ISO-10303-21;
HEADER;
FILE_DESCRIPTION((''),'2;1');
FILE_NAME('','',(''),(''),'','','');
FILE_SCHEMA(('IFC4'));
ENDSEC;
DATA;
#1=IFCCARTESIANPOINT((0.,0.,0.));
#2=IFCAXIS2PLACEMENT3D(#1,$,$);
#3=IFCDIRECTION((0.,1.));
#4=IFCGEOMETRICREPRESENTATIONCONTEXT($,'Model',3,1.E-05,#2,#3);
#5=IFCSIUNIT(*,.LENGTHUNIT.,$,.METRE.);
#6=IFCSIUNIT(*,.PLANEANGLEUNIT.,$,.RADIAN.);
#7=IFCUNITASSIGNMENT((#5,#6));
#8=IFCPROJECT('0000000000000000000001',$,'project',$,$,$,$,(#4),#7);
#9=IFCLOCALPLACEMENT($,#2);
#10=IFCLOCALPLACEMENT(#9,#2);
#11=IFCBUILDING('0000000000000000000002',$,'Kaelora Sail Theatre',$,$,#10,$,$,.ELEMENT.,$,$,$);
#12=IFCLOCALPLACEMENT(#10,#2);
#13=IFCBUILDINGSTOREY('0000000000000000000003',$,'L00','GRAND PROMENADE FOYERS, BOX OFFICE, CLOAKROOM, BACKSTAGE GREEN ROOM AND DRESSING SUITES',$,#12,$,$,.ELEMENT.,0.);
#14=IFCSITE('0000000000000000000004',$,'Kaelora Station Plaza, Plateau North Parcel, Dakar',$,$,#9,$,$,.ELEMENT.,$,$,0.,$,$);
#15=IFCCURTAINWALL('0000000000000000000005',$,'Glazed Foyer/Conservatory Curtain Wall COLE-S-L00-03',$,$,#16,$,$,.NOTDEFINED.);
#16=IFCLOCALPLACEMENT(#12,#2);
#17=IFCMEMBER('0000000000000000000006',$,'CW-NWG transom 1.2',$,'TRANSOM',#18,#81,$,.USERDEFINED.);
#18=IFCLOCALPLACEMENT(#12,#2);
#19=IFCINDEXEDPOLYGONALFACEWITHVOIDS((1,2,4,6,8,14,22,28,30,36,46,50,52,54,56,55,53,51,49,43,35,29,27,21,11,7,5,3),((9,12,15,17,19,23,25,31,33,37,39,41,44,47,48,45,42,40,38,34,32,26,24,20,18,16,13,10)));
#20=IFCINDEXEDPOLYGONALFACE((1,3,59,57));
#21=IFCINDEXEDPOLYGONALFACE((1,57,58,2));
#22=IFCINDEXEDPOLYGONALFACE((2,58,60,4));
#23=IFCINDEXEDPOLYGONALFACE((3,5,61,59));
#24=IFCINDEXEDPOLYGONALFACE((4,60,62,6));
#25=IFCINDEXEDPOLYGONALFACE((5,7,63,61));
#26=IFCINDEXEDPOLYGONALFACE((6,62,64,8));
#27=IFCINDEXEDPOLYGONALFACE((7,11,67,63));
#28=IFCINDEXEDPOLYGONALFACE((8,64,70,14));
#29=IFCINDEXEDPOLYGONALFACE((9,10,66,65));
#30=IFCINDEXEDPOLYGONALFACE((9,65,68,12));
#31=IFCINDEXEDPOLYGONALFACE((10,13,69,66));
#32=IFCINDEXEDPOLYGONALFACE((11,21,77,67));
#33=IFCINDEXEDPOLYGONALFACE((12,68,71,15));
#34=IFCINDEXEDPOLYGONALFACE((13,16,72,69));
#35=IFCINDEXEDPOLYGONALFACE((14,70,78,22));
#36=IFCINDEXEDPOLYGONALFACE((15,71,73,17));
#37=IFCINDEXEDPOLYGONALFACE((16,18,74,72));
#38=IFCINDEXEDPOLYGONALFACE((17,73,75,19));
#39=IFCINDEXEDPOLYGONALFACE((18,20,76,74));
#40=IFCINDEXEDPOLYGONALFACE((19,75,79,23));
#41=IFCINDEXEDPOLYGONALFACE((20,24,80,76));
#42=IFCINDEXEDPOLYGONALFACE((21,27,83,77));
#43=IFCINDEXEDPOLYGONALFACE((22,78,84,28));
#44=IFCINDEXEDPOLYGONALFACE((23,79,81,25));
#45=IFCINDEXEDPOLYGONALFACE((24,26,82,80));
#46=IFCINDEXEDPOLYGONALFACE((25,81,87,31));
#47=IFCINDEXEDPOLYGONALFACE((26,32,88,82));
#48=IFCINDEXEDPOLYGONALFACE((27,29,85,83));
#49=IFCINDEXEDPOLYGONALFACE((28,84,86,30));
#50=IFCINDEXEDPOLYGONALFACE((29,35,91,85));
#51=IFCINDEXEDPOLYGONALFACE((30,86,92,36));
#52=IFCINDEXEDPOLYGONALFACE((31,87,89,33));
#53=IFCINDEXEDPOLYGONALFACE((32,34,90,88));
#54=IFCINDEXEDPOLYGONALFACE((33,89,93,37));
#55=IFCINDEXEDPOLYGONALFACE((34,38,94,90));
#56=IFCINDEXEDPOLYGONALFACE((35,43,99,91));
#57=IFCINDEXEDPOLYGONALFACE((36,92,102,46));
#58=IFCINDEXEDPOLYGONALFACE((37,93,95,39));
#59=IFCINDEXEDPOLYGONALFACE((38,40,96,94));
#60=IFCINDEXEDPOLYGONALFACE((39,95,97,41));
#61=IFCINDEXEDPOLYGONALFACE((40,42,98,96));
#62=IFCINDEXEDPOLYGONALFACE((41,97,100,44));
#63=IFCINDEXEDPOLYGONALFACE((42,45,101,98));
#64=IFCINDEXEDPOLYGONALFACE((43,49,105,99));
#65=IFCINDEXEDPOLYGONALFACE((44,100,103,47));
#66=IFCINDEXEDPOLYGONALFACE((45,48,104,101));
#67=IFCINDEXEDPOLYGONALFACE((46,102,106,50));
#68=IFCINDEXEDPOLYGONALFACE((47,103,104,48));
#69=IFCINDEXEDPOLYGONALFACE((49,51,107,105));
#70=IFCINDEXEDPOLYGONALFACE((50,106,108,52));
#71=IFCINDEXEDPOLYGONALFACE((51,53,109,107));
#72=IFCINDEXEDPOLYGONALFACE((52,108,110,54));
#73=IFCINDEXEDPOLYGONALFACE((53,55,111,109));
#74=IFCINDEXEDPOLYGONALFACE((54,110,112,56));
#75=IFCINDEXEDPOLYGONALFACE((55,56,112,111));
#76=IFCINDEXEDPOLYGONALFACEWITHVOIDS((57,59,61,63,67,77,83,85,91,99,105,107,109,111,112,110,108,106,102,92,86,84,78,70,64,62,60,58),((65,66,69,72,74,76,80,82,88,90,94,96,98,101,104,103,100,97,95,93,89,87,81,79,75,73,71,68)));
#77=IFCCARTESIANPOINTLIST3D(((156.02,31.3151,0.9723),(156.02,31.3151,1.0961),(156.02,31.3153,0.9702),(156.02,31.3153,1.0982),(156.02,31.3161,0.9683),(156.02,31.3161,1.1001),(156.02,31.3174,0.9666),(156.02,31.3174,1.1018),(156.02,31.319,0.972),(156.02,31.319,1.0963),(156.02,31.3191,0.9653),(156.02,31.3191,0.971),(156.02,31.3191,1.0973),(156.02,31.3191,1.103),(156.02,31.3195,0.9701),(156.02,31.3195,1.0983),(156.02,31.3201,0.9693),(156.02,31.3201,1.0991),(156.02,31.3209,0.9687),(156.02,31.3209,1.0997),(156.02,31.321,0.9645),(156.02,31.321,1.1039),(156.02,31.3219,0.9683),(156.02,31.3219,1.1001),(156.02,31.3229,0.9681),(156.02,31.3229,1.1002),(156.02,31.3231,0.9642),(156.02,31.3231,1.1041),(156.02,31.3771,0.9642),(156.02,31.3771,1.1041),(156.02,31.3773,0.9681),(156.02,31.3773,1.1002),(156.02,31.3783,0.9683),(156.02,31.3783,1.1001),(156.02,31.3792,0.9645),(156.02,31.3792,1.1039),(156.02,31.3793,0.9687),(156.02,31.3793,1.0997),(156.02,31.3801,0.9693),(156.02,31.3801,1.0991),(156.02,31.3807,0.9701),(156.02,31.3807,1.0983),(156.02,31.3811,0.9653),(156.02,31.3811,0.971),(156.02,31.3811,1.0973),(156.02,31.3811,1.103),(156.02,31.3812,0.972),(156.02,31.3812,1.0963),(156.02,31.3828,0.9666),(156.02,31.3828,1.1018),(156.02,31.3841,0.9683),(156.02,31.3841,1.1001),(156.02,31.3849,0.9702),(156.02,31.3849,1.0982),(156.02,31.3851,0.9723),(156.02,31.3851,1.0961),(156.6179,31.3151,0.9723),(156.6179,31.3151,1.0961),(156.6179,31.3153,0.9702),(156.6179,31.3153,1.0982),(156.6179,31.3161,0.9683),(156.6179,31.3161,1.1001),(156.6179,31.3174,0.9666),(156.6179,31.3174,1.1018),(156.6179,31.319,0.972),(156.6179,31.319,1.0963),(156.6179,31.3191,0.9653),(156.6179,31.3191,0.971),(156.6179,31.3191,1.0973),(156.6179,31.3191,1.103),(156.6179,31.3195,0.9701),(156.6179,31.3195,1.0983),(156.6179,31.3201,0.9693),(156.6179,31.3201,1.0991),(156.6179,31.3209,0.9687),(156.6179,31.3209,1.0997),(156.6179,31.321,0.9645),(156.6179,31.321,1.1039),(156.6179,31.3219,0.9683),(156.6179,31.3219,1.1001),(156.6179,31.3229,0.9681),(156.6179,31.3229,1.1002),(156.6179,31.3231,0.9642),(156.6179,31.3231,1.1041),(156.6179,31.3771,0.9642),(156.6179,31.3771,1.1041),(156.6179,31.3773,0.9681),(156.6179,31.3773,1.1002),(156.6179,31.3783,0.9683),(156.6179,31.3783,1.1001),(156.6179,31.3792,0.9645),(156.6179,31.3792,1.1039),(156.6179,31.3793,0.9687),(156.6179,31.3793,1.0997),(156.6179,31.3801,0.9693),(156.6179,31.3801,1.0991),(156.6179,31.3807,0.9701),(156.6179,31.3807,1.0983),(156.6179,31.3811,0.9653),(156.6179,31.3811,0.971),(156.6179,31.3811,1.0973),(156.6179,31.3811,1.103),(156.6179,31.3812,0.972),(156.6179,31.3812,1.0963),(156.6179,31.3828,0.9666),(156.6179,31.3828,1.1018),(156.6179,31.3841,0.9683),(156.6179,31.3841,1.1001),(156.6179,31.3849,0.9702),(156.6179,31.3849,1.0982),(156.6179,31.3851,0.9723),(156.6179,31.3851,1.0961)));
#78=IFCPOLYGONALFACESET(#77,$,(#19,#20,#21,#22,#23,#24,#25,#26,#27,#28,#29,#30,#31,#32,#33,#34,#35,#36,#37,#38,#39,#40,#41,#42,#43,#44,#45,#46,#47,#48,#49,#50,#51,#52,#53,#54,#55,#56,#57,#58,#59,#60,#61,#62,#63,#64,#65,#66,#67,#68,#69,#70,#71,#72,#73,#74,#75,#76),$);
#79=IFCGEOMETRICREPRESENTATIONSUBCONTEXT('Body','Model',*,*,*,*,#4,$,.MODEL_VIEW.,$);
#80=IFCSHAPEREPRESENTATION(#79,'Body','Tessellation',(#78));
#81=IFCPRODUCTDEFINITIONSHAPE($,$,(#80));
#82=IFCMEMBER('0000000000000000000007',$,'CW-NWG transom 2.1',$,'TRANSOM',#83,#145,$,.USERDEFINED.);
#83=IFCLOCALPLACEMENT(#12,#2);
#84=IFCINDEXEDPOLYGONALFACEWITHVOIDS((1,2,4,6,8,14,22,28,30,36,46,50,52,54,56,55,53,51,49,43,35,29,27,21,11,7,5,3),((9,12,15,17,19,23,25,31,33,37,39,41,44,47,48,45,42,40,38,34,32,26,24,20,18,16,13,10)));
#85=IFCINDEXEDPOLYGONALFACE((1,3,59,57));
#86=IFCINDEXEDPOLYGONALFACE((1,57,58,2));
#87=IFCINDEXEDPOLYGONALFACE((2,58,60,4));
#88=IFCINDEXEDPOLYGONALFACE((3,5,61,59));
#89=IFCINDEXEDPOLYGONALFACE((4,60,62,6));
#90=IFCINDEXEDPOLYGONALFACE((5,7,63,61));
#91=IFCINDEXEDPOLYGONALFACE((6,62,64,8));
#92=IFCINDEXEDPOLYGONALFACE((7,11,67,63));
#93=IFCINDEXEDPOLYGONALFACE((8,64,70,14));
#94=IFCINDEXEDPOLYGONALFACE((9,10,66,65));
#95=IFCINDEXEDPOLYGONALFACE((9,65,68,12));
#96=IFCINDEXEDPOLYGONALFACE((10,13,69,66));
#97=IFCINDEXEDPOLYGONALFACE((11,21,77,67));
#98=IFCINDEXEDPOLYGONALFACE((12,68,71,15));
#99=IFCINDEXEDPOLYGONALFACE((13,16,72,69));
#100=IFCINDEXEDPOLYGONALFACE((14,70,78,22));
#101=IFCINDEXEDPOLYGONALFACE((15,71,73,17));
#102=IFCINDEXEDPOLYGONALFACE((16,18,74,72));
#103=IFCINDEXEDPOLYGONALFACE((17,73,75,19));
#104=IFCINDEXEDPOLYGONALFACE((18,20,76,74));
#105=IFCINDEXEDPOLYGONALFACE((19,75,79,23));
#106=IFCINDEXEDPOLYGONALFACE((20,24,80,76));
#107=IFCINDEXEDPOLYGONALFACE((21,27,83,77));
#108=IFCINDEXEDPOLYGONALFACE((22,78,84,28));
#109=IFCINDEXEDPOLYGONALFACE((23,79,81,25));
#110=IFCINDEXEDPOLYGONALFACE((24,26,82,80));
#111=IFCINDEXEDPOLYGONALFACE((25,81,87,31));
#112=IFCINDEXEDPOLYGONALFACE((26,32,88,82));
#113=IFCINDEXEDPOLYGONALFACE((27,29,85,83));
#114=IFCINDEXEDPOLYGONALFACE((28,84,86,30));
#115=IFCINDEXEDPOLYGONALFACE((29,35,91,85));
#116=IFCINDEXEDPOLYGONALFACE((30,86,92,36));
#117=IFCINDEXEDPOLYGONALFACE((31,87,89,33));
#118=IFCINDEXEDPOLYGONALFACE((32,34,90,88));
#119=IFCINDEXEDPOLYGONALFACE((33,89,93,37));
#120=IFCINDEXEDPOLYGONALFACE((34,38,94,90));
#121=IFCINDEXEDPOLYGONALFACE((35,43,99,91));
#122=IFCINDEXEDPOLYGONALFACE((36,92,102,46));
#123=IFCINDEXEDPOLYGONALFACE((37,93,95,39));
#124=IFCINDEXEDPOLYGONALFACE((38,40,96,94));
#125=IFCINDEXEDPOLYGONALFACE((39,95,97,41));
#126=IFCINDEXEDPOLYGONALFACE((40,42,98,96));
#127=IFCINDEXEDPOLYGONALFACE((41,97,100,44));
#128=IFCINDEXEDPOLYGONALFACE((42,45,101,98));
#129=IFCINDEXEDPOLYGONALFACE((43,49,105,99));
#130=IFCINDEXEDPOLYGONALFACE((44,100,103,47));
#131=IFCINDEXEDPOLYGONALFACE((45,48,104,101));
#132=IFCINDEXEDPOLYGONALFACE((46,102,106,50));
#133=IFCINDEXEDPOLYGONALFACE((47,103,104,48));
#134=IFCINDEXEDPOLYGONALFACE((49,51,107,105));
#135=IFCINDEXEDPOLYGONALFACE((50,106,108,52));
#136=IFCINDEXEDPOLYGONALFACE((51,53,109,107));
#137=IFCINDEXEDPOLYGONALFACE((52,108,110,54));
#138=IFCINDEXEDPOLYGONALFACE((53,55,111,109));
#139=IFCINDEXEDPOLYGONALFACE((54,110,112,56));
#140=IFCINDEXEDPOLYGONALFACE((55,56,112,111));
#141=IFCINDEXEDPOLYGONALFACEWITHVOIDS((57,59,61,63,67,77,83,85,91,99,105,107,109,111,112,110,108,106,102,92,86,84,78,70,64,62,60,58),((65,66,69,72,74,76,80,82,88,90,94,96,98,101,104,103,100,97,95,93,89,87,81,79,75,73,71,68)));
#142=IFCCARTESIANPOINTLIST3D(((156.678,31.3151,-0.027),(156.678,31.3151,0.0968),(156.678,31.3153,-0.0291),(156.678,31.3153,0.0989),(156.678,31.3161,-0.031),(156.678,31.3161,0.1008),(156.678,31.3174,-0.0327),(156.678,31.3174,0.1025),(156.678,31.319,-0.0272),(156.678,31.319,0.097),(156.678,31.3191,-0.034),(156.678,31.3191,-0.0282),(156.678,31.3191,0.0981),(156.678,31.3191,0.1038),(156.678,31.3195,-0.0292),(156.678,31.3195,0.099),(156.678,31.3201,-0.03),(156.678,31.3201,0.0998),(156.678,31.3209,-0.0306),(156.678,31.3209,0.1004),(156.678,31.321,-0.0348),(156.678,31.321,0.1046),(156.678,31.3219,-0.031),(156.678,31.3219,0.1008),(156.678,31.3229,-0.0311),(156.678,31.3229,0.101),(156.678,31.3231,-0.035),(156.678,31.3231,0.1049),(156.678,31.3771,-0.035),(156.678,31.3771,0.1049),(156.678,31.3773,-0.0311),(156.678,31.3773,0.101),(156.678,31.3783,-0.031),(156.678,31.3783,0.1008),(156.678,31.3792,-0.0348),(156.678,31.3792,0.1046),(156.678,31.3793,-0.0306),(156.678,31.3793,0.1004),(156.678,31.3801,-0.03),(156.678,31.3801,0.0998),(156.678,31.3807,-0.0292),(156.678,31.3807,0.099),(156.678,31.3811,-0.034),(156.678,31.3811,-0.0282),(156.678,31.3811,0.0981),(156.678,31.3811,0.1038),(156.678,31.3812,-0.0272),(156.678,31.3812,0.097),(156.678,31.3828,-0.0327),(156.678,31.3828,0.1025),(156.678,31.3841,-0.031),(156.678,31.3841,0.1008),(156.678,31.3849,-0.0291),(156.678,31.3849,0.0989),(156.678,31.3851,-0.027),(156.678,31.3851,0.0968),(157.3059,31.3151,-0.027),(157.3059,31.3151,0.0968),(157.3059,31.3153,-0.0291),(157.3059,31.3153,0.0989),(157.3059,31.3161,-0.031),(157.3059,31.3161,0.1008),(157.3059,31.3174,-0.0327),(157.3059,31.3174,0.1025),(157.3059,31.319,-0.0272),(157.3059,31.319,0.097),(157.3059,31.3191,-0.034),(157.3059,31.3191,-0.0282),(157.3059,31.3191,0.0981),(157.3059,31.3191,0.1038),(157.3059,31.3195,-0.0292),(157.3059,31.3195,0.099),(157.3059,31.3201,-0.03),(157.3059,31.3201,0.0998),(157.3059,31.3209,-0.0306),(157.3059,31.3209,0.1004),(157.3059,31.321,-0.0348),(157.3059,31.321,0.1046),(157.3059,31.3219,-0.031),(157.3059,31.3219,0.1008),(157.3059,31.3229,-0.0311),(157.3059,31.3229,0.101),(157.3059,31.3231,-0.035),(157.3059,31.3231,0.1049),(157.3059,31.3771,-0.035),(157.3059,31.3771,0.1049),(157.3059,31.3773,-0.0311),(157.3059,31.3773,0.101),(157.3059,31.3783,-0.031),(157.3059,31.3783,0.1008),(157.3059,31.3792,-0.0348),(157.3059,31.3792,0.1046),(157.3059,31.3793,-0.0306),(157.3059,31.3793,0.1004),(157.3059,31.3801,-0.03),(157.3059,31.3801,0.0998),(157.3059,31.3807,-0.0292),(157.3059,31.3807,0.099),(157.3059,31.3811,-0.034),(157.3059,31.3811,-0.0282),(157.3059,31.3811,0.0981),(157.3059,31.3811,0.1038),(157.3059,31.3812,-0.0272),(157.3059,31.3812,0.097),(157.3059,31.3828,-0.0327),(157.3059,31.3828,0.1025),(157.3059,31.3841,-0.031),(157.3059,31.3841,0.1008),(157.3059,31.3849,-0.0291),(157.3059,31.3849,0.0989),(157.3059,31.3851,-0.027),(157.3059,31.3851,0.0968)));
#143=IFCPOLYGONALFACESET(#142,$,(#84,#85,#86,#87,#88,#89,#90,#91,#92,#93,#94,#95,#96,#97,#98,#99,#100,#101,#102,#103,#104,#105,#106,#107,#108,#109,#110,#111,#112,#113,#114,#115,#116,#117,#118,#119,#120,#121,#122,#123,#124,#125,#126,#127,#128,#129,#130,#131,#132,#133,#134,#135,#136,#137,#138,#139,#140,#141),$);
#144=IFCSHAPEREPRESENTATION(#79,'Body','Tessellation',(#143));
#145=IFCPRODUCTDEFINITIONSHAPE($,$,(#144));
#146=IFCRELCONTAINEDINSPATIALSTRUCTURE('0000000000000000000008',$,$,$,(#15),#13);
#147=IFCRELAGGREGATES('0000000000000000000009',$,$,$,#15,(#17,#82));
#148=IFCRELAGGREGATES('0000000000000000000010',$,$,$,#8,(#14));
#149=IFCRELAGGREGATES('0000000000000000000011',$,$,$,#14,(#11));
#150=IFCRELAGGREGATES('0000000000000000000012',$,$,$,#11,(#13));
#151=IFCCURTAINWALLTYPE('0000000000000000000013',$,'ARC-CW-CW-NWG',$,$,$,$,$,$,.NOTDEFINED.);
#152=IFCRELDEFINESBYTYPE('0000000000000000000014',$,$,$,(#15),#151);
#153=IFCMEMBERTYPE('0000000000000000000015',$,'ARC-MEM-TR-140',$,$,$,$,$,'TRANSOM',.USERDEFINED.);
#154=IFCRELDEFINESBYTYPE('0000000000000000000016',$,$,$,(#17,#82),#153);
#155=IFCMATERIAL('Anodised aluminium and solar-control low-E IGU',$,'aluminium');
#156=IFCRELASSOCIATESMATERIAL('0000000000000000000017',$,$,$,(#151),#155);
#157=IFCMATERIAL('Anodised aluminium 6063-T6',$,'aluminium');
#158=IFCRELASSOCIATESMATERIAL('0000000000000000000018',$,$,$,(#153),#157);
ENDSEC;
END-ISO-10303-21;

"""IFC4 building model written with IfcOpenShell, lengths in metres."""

from ifc_helpers import new_model, si_unit, direction, frame, origin, origin_2d, place, context, subcontext, project, spatial, hollow_rectangle, extrude, material, material_profile, profile_set, type_object, element, aggregate, save


model = new_model("IFC4")

# Units and contexts
model_context = context("Model", 3, precision=1e-05, world=origin(), true_north=direction((0.0, 1.0)))
body_context = subcontext(model_context, "Body", "Model", "MODEL_VIEW")
ifc_project = project(units=[si_unit("LENGTHUNIT", "METRE"), si_unit("PLANEANGLEUNIT", "RADIAN")], contexts=[model_context])

# Site, building, storey
site_placement = place(None, origin())
site = spatial("IfcSite", under=ifc_project, at=site_placement, Name="Kaelora Station Plaza, Plateau North Parcel, Dakar", CompositionType="ELEMENT", RefElevation=0.0)
building_placement = place(site_placement, origin())
building = spatial("IfcBuilding", under=site, at=building_placement, Name="Kaelora Sail Theatre", CompositionType="ELEMENT")
storey_placement = place(building_placement, origin())
storey = spatial("IfcBuildingStorey", under=building, at=storey_placement, Name="L00", Description="GRAND PROMENADE FOYERS, BOX OFFICE, CLOAKROOM, BACKSTAGE GREEN ROOM AND DRESSING SUITES", CompositionType="ELEMENT", Elevation=0.0)

# Shared definitions
ifc_material_1 = material(Name="Anodised aluminium and solar-control low-E IGU", Category="aluminium")
curtain_wall_type = type_object("IfcCurtainWallType", Name="ARC-CW-CW-NWG", PredefinedType="NOTDEFINED", material=ifc_material_1)

# Curtain wall, members
curtain_wall_1_placement = place(storey_placement, origin())
curtain_wall_1 = element("IfcCurtainWall", 1, at=curtain_wall_1_placement, inside=storey, type_object=curtain_wall_type, Name="Glazed Foyer/Conservatory Curtain Wall COLE-S-L00-03", PredefinedType="NOTDEFINED")
ifc_material_2 = material(Name="Anodised aluminium 6063-T6", Category="aluminium")
ifc_material_profile_1 = material_profile(ifc_material_2, hollow_rectangle(XDim=0.0701, YDim=0.1399, WallThickness=0.0039, InnerFilletRadius=0.0039, OuterFilletRadius=0.0081, at=origin_2d()), Name="ALU-TRAN 70x140x4")
ifc_profile_set_1 = profile_set([ifc_material_profile_1], Name="Anodised aluminium 6063-T6")
member_type_1 = type_object("IfcMemberType", Name="ARC-MEM-TR-140", ElementType="TRANSOM", PredefinedType="USERDEFINED", material=ifc_profile_set_1)
member_1_placement = place(storey_placement, frame((156.02, 31.3501, 1.0342), z_axis=(1.0, 0.0, 0.0), x_axis=(0.0, 1.0, 0.0)))
member_1 = element("IfcMember", 2, at=member_1_placement, type_object=member_type_1, Name="CW-NWG transom 1.2", ObjectType="TRANSOM", PredefinedType="USERDEFINED", context=body_context, shape_type="SweptSolid", body=[
    extrude(hollow_rectangle(XDim=0.0701, YDim=0.1399, WallThickness=0.0039, InnerFilletRadius=0.0039, OuterFilletRadius=0.0081, at=origin_2d()), origin(), (0.0, 0.0, 1.0), 0.5979),
])
member_2_placement = place(storey_placement, frame((156.678, 31.3501, 0.0349), z_axis=(1.0, 0.0, 0.0), x_axis=(0.0, 1.0, 0.0)))
member_2 = element("IfcMember", 3, at=member_2_placement, type_object=member_type_1, Name="CW-NWG transom 2.1", ObjectType="TRANSOM", PredefinedType="USERDEFINED", context=body_context, shape_type="SweptSolid", body=[
    extrude(hollow_rectangle(XDim=0.0701, YDim=0.1399, WallThickness=0.0039, InnerFilletRadius=0.0039, OuterFilletRadius=0.0081, at=origin_2d()), origin(), (0.0, 0.0, 1.0), 0.6279),
])

aggregate(curtain_wall_1, [member_1, member_2])

save(model, "model.ifc")
